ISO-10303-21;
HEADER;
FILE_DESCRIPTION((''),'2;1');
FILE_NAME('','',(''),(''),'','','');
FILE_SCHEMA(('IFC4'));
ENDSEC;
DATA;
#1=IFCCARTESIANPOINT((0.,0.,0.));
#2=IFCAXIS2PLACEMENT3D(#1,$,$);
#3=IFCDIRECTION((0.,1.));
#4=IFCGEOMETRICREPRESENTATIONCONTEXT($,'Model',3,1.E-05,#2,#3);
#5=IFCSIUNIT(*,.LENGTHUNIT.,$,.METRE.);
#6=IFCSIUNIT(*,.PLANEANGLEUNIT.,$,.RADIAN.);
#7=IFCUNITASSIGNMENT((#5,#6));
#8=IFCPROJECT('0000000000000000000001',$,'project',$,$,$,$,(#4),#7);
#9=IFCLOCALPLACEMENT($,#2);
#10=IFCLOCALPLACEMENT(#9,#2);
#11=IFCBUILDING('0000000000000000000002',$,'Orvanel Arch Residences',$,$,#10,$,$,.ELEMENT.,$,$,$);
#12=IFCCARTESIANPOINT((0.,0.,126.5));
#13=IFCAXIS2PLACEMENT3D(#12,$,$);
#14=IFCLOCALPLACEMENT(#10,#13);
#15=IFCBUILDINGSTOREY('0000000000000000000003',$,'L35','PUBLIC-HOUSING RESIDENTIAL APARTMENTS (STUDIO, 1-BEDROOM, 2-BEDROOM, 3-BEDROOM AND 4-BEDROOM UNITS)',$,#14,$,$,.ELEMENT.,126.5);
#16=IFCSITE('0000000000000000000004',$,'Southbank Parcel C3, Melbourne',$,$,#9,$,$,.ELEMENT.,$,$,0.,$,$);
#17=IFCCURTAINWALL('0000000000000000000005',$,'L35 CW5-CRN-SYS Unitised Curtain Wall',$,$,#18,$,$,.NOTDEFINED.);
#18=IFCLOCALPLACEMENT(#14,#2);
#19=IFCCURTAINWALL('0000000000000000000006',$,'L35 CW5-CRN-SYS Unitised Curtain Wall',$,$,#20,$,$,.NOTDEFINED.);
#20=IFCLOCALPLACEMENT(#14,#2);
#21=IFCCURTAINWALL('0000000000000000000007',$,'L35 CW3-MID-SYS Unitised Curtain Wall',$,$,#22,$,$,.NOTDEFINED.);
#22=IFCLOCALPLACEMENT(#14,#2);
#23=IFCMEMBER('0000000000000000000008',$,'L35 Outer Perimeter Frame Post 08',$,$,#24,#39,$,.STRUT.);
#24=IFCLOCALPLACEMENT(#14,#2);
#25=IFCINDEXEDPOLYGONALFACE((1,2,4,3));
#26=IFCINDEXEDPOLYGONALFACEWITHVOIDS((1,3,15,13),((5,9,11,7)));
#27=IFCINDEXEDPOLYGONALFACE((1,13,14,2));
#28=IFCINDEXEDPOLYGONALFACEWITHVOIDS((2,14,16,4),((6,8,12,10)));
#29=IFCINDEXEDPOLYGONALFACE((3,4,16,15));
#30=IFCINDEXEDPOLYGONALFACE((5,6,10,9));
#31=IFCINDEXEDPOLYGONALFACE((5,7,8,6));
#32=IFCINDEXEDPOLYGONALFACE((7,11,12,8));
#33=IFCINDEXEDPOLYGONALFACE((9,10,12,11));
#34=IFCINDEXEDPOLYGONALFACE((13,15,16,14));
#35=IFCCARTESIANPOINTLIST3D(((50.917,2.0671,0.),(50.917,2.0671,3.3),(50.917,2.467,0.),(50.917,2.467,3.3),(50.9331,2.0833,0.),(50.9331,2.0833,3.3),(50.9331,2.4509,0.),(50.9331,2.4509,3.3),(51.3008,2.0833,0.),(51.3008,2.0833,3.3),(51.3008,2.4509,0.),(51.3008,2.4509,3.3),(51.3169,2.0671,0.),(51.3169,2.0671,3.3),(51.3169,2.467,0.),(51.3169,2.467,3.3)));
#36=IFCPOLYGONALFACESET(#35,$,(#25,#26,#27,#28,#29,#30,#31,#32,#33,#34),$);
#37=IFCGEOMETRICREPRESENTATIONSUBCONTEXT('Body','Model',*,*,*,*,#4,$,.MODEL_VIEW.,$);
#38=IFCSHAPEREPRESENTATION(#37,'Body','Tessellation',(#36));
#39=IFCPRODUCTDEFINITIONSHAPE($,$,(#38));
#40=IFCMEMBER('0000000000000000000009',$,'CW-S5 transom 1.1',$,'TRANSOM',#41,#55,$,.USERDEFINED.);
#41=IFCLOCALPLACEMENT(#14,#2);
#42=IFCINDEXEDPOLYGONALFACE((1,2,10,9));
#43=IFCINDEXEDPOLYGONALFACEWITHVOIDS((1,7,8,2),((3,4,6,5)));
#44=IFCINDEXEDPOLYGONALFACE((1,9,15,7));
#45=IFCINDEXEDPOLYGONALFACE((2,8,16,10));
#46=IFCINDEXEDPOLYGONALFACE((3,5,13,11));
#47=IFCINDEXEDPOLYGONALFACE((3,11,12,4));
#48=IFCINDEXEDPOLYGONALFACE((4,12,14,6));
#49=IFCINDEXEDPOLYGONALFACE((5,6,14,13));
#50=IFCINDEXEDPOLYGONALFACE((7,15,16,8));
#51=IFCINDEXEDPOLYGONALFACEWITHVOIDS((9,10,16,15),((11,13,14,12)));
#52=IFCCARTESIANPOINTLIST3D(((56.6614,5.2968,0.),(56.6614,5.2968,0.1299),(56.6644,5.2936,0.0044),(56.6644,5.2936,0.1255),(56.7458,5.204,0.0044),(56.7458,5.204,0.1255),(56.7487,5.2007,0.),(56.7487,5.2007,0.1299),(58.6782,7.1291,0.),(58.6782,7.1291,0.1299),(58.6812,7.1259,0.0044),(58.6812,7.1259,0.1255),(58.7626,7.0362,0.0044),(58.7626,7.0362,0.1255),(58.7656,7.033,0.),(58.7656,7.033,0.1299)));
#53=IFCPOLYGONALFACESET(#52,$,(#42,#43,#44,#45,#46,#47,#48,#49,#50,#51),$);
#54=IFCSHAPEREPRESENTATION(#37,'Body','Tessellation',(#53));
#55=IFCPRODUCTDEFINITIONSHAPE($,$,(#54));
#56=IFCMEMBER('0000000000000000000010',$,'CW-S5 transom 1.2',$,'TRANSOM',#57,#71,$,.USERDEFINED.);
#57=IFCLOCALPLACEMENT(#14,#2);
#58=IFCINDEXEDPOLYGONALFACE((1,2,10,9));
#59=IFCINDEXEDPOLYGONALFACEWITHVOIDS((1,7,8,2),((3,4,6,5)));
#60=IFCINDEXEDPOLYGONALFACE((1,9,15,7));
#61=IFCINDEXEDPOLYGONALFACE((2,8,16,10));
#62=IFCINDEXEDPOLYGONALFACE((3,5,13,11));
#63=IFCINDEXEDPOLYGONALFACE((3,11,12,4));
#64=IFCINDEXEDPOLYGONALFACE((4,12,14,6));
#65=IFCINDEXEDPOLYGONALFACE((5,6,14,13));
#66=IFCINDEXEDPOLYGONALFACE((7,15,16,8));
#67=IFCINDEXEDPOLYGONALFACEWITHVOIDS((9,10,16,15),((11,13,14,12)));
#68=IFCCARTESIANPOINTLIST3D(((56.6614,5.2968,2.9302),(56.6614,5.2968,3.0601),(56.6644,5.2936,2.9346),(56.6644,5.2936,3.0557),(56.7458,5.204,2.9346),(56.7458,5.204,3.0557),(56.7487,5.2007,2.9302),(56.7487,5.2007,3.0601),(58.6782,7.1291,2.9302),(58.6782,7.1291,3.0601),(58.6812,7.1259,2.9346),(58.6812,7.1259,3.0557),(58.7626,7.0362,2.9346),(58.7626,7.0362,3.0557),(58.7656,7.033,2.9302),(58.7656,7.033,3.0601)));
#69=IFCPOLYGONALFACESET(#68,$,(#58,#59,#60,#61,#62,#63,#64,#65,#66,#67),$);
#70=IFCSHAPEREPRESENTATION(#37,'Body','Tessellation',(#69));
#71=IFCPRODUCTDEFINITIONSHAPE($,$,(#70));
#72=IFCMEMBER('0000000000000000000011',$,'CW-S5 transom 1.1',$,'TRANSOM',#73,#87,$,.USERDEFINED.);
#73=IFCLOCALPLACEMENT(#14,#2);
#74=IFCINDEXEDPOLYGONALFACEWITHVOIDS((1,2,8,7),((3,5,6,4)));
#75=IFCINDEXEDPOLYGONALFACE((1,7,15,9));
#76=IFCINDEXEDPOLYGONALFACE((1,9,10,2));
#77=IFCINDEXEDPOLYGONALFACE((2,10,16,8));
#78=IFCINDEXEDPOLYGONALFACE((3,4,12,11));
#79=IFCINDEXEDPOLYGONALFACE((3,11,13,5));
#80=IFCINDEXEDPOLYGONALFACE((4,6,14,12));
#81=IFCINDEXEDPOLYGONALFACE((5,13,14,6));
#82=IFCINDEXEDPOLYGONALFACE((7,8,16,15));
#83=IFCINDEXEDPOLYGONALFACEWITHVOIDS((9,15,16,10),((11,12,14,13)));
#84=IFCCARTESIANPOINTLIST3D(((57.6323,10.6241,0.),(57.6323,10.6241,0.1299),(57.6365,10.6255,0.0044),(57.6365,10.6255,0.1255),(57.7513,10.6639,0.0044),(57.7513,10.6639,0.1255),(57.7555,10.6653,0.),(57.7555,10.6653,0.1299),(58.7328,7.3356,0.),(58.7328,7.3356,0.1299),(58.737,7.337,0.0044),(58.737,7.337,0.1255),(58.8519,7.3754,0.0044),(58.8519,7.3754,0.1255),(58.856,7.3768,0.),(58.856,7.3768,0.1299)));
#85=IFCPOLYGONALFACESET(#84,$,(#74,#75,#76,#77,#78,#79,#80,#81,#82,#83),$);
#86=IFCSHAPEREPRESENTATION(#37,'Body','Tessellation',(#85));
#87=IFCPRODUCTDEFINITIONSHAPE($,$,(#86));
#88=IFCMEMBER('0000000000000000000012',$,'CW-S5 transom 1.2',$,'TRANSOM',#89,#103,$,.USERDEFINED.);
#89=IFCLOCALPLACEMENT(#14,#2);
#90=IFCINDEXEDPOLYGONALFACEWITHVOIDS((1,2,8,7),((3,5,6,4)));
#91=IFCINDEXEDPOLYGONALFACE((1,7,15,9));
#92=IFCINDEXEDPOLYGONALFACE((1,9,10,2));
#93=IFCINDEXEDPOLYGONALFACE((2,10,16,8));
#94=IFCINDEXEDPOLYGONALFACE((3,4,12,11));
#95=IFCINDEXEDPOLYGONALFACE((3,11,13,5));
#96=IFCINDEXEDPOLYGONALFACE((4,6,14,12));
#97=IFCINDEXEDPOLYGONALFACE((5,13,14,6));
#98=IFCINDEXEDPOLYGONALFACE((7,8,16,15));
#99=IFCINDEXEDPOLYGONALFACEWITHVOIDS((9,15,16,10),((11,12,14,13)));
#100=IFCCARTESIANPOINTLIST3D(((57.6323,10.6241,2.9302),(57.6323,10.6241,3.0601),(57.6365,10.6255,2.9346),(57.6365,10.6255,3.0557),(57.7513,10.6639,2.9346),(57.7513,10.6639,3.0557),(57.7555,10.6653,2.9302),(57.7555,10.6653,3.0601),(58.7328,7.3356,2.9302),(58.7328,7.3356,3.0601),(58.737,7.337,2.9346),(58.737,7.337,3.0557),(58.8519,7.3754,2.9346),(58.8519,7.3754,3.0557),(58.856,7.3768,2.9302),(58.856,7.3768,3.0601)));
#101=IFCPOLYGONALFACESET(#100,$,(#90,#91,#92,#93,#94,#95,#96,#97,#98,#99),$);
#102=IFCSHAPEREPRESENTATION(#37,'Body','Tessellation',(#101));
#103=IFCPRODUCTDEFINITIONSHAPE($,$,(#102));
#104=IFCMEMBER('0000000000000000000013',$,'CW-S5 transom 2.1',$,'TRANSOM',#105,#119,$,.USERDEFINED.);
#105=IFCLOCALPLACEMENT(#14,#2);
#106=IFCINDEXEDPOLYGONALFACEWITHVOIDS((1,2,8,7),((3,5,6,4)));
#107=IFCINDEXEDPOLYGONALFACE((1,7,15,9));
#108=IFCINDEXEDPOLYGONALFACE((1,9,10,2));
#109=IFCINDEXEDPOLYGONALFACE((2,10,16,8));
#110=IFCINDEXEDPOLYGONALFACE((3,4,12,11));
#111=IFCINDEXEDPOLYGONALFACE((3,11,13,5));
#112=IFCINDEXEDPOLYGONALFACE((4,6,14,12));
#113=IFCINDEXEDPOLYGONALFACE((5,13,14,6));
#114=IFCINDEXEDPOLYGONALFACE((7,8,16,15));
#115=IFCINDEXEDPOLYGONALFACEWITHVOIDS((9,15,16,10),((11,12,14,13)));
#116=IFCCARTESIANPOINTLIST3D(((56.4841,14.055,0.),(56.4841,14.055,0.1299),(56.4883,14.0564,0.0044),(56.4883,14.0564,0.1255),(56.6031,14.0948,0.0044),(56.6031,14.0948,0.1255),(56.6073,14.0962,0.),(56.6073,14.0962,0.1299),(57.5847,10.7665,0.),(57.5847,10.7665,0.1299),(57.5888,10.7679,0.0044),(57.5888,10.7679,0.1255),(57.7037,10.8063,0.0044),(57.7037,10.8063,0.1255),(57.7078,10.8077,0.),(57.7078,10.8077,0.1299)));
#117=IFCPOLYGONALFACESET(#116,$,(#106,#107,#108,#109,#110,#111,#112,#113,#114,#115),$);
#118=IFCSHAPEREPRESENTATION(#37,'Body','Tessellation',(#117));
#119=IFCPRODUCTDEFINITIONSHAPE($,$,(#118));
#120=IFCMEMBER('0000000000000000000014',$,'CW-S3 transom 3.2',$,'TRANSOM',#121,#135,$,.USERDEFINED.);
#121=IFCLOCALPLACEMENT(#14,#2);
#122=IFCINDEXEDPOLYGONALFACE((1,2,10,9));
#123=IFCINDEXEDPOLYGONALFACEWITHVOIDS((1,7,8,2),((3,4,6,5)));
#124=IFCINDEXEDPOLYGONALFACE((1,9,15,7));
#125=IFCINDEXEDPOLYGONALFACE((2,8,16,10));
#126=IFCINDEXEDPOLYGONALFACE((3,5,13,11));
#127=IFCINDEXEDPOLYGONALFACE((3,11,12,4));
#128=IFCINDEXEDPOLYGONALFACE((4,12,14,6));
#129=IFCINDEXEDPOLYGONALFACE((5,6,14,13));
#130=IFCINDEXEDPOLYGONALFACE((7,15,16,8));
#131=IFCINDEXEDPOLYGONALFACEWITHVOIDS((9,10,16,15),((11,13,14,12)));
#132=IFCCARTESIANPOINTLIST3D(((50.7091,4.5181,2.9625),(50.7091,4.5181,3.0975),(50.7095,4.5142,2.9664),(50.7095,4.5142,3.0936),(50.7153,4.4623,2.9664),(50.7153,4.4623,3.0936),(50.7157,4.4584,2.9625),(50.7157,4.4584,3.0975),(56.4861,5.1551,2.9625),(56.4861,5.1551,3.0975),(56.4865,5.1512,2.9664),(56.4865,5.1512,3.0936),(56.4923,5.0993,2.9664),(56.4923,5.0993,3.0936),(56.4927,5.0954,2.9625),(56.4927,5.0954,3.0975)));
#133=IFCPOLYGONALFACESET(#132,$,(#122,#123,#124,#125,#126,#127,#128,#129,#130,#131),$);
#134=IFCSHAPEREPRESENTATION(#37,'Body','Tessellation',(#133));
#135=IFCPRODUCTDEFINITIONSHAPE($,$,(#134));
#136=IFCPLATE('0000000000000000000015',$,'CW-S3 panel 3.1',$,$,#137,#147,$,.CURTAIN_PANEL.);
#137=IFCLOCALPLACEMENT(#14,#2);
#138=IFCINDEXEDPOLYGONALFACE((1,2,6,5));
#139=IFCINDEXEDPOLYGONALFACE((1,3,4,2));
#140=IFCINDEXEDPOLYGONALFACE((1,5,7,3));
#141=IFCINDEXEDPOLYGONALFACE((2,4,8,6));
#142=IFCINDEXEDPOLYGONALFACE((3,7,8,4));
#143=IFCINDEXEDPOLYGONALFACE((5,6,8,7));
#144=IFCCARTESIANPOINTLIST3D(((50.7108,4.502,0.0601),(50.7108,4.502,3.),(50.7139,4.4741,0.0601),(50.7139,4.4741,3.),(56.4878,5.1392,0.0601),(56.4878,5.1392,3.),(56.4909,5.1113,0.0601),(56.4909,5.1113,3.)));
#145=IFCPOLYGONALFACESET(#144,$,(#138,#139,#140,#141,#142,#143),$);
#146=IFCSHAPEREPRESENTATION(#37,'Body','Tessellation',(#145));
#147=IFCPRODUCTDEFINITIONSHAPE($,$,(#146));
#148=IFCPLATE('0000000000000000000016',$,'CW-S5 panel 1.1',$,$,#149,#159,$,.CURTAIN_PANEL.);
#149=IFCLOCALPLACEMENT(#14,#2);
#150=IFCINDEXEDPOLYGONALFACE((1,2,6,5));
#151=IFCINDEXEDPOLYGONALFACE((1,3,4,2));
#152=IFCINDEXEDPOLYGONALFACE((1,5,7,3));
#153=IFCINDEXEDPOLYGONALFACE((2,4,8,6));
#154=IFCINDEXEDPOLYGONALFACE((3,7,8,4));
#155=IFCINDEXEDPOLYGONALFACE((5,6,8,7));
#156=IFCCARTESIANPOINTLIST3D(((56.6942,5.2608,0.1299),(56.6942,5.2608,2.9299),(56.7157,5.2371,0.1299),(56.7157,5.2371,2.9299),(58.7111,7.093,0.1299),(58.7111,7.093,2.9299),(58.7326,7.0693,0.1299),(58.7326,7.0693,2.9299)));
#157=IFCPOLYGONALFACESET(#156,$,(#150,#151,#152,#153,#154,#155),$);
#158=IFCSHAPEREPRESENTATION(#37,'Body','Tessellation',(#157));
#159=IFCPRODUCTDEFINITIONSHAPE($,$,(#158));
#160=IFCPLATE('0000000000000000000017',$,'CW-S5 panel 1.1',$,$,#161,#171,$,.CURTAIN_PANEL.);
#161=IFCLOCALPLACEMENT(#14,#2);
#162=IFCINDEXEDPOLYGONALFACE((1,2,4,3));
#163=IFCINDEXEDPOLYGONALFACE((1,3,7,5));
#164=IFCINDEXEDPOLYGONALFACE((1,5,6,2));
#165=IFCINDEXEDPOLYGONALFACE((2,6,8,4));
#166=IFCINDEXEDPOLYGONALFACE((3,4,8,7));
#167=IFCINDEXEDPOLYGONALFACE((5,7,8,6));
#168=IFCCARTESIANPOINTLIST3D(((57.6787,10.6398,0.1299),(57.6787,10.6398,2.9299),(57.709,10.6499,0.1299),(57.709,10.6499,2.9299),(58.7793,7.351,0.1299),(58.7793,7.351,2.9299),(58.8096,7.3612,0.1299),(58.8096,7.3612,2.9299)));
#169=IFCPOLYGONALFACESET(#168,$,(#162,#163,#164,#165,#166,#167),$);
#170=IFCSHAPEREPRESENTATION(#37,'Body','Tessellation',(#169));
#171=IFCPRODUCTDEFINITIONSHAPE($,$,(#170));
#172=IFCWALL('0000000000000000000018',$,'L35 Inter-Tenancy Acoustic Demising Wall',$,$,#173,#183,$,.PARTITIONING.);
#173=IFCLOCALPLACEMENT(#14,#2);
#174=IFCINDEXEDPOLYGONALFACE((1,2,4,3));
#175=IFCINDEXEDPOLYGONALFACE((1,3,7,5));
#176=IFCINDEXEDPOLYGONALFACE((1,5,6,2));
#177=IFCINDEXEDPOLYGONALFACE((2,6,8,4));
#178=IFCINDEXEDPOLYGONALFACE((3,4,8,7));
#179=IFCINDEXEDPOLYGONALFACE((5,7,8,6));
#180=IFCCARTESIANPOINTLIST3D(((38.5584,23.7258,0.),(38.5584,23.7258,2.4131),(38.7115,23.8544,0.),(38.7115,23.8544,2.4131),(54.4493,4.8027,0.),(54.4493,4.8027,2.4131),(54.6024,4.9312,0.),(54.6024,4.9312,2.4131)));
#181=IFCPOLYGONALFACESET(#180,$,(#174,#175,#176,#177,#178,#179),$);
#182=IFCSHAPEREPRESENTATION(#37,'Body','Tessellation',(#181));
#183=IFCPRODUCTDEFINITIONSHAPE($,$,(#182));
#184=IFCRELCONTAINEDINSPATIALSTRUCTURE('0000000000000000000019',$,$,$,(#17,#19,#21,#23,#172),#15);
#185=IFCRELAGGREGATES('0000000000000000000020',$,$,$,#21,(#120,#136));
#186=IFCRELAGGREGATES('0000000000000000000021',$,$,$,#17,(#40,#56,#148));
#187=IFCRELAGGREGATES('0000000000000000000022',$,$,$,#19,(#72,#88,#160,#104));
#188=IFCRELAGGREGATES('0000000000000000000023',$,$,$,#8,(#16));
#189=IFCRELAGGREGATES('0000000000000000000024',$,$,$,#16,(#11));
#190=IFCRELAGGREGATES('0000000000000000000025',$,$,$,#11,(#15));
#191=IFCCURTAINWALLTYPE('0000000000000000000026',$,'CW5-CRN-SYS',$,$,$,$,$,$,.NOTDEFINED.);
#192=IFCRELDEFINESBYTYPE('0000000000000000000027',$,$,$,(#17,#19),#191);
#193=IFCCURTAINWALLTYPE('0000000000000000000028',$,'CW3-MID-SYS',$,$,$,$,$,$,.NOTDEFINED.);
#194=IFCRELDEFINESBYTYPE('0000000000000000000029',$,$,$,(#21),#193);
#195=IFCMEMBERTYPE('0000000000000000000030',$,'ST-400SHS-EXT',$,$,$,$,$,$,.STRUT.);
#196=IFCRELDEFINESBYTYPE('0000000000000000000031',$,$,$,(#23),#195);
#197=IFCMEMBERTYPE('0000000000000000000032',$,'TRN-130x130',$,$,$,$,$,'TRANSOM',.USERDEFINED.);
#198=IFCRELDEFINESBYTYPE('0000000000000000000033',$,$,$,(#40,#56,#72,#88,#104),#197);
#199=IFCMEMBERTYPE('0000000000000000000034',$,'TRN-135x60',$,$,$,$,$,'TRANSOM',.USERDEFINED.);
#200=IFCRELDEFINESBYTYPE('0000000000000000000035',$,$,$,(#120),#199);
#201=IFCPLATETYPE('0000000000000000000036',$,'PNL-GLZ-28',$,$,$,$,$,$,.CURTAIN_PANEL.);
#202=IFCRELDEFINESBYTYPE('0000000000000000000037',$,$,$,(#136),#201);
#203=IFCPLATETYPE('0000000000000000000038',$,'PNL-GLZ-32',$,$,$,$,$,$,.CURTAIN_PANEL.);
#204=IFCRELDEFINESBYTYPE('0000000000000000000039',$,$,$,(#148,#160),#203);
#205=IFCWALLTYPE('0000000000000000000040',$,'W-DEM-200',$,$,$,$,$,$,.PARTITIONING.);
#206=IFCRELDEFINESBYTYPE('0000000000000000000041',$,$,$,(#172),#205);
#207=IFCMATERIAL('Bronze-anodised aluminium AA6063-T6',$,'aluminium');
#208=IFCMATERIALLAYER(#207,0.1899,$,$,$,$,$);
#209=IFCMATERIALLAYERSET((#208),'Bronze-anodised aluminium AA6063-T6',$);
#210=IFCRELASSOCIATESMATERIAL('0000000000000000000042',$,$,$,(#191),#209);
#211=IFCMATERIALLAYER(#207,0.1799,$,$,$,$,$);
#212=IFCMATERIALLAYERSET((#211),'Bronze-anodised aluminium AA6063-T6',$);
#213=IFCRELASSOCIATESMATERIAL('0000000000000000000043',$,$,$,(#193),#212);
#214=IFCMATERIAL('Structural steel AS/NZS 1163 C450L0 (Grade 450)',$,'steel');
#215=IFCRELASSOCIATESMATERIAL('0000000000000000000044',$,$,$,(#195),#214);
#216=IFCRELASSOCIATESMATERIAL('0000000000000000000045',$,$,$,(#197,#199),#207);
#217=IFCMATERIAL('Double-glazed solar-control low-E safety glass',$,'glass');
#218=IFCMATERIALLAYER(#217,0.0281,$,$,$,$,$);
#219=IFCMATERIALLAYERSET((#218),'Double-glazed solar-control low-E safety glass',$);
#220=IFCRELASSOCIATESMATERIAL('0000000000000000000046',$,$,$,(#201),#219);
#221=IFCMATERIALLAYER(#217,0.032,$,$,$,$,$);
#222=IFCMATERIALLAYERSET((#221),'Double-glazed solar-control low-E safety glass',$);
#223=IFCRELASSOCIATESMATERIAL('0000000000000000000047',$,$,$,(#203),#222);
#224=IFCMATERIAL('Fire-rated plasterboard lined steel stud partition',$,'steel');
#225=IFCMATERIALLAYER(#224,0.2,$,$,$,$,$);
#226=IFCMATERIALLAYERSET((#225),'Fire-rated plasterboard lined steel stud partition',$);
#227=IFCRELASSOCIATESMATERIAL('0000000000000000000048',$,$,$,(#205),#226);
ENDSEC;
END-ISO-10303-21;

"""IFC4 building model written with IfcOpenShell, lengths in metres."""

from ifc_helpers import new_model, si_unit, direction, frame, frame_2d, origin, origin_2d, place, context, subcontext, project, spatial, rectangle, hollow_rectangle, extrude, material, layer, layer_set, material_profile, profile_set, type_object, element, aggregate, save


model = new_model("IFC4")

# Units and contexts
model_context = context("Model", 3, precision=1e-05, world=origin(), true_north=direction((0.0, 1.0)))
body_context = subcontext(model_context, "Body", "Model", "MODEL_VIEW")
ifc_project = project(units=[si_unit("LENGTHUNIT", "METRE"), si_unit("PLANEANGLEUNIT", "RADIAN")], contexts=[model_context])

# Site, building, storey
site_placement = place(None, origin())
site = spatial("IfcSite", under=ifc_project, at=site_placement, Name="Southbank Parcel C3, Melbourne", CompositionType="ELEMENT", RefElevation=0.0)
building_placement = place(site_placement, origin())
building = spatial("IfcBuilding", under=site, at=building_placement, Name="Orvanel Arch Residences", CompositionType="ELEMENT")
storey_placement = place(building_placement, frame((0.0, 0.0, 126.5)))
storey = spatial("IfcBuildingStorey", under=building, at=storey_placement, Name="L35", Description="PUBLIC-HOUSING RESIDENTIAL APARTMENTS (STUDIO, 1-BEDROOM, 2-BEDROOM, 3-BEDROOM AND 4-BEDROOM UNITS)", CompositionType="ELEMENT", Elevation=126.5)

# Curtain walls
ifc_material_1 = material(Name="Bronze-anodised aluminium AA6063-T6", Category="aluminium")
ifc_layer_1 = layer(ifc_material_1, 0.1899)
ifc_layer_set_1 = layer_set([ifc_layer_1], Name="Bronze-anodised aluminium AA6063-T6")
curtain_wall_type_1 = type_object("IfcCurtainWallType", Name="CW5-CRN-SYS", PredefinedType="NOTDEFINED", material=ifc_layer_set_1)
curtain_wall_1_placement = place(storey_placement, origin())
curtain_wall_1 = element("IfcCurtainWall", 1, at=curtain_wall_1_placement, inside=storey, type_object=curtain_wall_type_1, Name="L35 CW5-CRN-SYS Unitised Curtain Wall", PredefinedType="NOTDEFINED")
curtain_wall_2_placement = place(storey_placement, origin())
curtain_wall_2 = element("IfcCurtainWall", 2, at=curtain_wall_2_placement, inside=storey, type_object=curtain_wall_type_1, Name="L35 CW5-CRN-SYS Unitised Curtain Wall", PredefinedType="NOTDEFINED")

# Curtain wall
ifc_layer_2 = layer(ifc_material_1, 0.1799)
ifc_layer_set_2 = layer_set([ifc_layer_2], Name="Bronze-anodised aluminium AA6063-T6")
curtain_wall_type_2 = type_object("IfcCurtainWallType", Name="CW3-MID-SYS", PredefinedType="NOTDEFINED", material=ifc_layer_set_2)
curtain_wall_3_placement = place(storey_placement, origin())
curtain_wall_3 = element("IfcCurtainWall", 3, at=curtain_wall_3_placement, inside=storey, type_object=curtain_wall_type_2, Name="L35 CW3-MID-SYS Unitised Curtain Wall", PredefinedType="NOTDEFINED")

# Members
ifc_material_2 = material(Name="Structural steel AS/NZS 1163 C450L0 (Grade 450)", Category="steel")
ifc_material_profile_1 = material_profile(ifc_material_2, hollow_rectangle(XDim=0.3999, YDim=0.3999, WallThickness=0.0161, at=origin_2d()), Name="SHS400x400x16")
ifc_profile_set_1 = profile_set([ifc_material_profile_1], Name="Structural steel AS/NZS 1163 C450L0 (Grade 450)")
member_type_1 = type_object("IfcMemberType", Name="ST-400SHS-EXT", PredefinedType="STRUT", material=ifc_profile_set_1)
member_1_placement = place(storey_placement, frame((51.1169, 2.2671, 0.0), z_axis=(0.0, 0.0, 1.0), x_axis=(1.0, 0.0, 0.0)))
element("IfcMember", 4, at=member_1_placement, inside=storey, type_object=member_type_1, Name="L35 Outer Perimeter Frame Post 08", PredefinedType="STRUT", context=body_context, shape_type="SweptSolid", body=[
    extrude(hollow_rectangle(XDim=0.3999, YDim=0.3999, WallThickness=0.0161, at=origin_2d()), origin(), (0.0, 0.0, 1.0), 3.3),
])
ifc_material_profile_2 = material_profile(ifc_material_1, hollow_rectangle(XDim=0.1299, YDim=0.1299, WallThickness=0.0044, at=origin_2d()), Name="ALU130x130x4.5")
ifc_profile_set_2 = profile_set([ifc_material_profile_2], Name="Bronze-anodised aluminium AA6063-T6")
member_type_2 = type_object("IfcMemberType", Name="TRN-130x130", ElementType="TRANSOM", PredefinedType="USERDEFINED", material=ifc_profile_set_2)
member_2_placement = place(storey_placement, frame((56.7051, 5.2488, 0.0649), z_axis=(0.740163, 0.672427, 0.0), x_axis=(-0.672427, 0.740163, 0.0)))
member_2 = element("IfcMember", 5, at=member_2_placement, type_object=member_type_2, Name="CW-S5 transom 1.1", ObjectType="TRANSOM", PredefinedType="USERDEFINED", context=body_context, shape_type="SweptSolid", body=[
    extrude(hollow_rectangle(XDim=0.1299, YDim=0.1299, WallThickness=0.0044, at=origin_2d()), origin(), (0.0, 0.0, 1.0), 2.7249),
])
member_3_placement = place(storey_placement, frame((56.7051, 5.2488, 2.9951), z_axis=(0.740163, 0.672427, 0.0), x_axis=(-0.672427, 0.740163, 0.0)))
member_3 = element("IfcMember", 6, at=member_3_placement, type_object=member_type_2, Name="CW-S5 transom 1.2", ObjectType="TRANSOM", PredefinedType="USERDEFINED", context=body_context, shape_type="SweptSolid", body=[
    extrude(hollow_rectangle(XDim=0.1299, YDim=0.1299, WallThickness=0.0044, at=origin_2d()), origin(), (0.0, 0.0, 1.0), 2.7249),
])
member_4_placement = place(storey_placement, frame((58.7944, 7.3562, 0.0649), z_axis=(-0.317368, 0.948302, 0.0), x_axis=(-0.948302, -0.317368, 0.0)))
member_4 = element("IfcMember", 7, at=member_4_placement, type_object=member_type_2, Name="CW-S5 transom 1.1", ObjectType="TRANSOM", PredefinedType="USERDEFINED", context=body_context, shape_type="SweptSolid", body=[
    extrude(hollow_rectangle(XDim=0.1299, YDim=0.1299, WallThickness=0.0044, at=origin_2d()), origin(), (0.0, 0.0, 1.0), 3.4678),
])
member_5_placement = place(storey_placement, frame((58.7944, 7.3562, 2.9951), z_axis=(-0.317368, 0.948302, 0.0), x_axis=(-0.948302, -0.317368, 0.0)))
member_5 = element("IfcMember", 8, at=member_5_placement, type_object=member_type_2, Name="CW-S5 transom 1.2", ObjectType="TRANSOM", PredefinedType="USERDEFINED", context=body_context, shape_type="SweptSolid", body=[
    extrude(hollow_rectangle(XDim=0.1299, YDim=0.1299, WallThickness=0.0044, at=origin_2d()), origin(), (0.0, 0.0, 1.0), 3.4678),
])
member_6_placement = place(storey_placement, frame((57.6462, 10.7871, 0.0649), z_axis=(-0.317368, 0.948302, 0.0), x_axis=(-0.948302, -0.317368, 0.0)))
member_6 = element("IfcMember", 9, at=member_6_placement, type_object=member_type_2, Name="CW-S5 transom 2.1", ObjectType="TRANSOM", PredefinedType="USERDEFINED", context=body_context, shape_type="SweptSolid", body=[
    extrude(hollow_rectangle(XDim=0.1299, YDim=0.1299, WallThickness=0.0044, at=origin_2d()), origin(), (0.0, 0.0, 1.0), 3.4678),
])
ifc_material_profile_3 = material_profile(ifc_material_1, hollow_rectangle(XDim=0.0601, YDim=0.135, WallThickness=0.0039, at=origin_2d()), Name="ALU135x60x4")
ifc_profile_set_3 = profile_set([ifc_material_profile_3], Name="Bronze-anodised aluminium AA6063-T6")
member_type_3 = type_object("IfcMemberType", Name="TRN-135x60", ElementType="TRANSOM", PredefinedType="USERDEFINED", material=ifc_profile_set_3)
member_7_placement = place(storey_placement, frame((50.7124, 4.4883, 3.03), z_axis=(0.993977, 0.109592, 0.0), x_axis=(-0.109592, 0.993977, 0.0)))
member_7 = element("IfcMember", 10, at=member_7_placement, type_object=member_type_3, Name="CW-S3 transom 3.2", ObjectType="TRANSOM", PredefinedType="USERDEFINED", context=body_context, shape_type="SweptSolid", body=[
    extrude(hollow_rectangle(XDim=0.0601, YDim=0.135, WallThickness=0.0039, at=origin_2d()), origin(), (0.0, 0.0, 1.0), 5.812),
])

# Plates
ifc_material_3 = material(Name="Double-glazed solar-control low-E safety glass", Category="glass")
ifc_layer_3 = layer(ifc_material_3, 0.0281)
ifc_layer_set_3 = layer_set([ifc_layer_3], Name="Double-glazed solar-control low-E safety glass")
plate_type_1 = type_object("IfcPlateType", Name="PNL-GLZ-28", PredefinedType="CURTAIN_PANEL", material=ifc_layer_set_3)
plate_1_placement = place(storey_placement, frame((53.6008, 4.8066, 0.0601), z_axis=(0.0, 0.0, 1.0), x_axis=(0.993973, 0.109628, 0.0)))
plate_1 = element("IfcPlate", 11, at=plate_1_placement, type_object=plate_type_1, Name="CW-S3 panel 3.1", PredefinedType="CURTAIN_PANEL", context=body_context, shape_type="SweptSolid", body=[
    extrude(rectangle(XDim=5.812, YDim=0.0281, at=origin_2d()), origin(), (0.0, 0.0, 1.0), 2.9399),
])
aggregate(curtain_wall_3, [member_7, plate_1])
ifc_layer_4 = layer(ifc_material_3, 0.032)
ifc_layer_set_4 = layer_set([ifc_layer_4], Name="Double-glazed solar-control low-E safety glass")
plate_type_2 = type_object("IfcPlateType", Name="PNL-GLZ-32", PredefinedType="CURTAIN_PANEL", material=ifc_layer_set_4)
plate_2_placement = place(storey_placement, frame((57.7134, 6.165, 0.1299), z_axis=(0.0, 0.0, 1.0), x_axis=(0.740179, 0.672409, 0.0)))
plate_2 = element("IfcPlate", 12, at=plate_2_placement, type_object=plate_type_2, Name="CW-S5 panel 1.1", PredefinedType="CURTAIN_PANEL", context=body_context, shape_type="SweptSolid", body=[
    extrude(rectangle(XDim=2.7249, YDim=0.032, at=origin_2d()), origin(), (0.0, 0.0, 1.0), 2.8),
])
aggregate(curtain_wall_1, [member_2, member_3, plate_2])
plate_3_placement = place(storey_placement, frame((58.2441, 9.0005, 0.1299), z_axis=(0.0, 0.0, 1.0), x_axis=(-0.317365, 0.948304, 0.0)))
plate_3 = element("IfcPlate", 13, at=plate_3_placement, type_object=plate_type_2, Name="CW-S5 panel 1.1", PredefinedType="CURTAIN_PANEL", context=body_context, shape_type="SweptSolid", body=[
    extrude(rectangle(XDim=3.468, YDim=0.032, at=origin_2d()), origin(), (0.0, 0.0, 1.0), 2.8),
])
aggregate(curtain_wall_2, [member_4, member_5, plate_3, member_6])

# Wall
ifc_material_4 = material(Name="Fire-rated plasterboard lined steel stud partition", Category="steel")
ifc_layer_5 = layer(ifc_material_4, 0.2)
ifc_layer_set_5 = layer_set([ifc_layer_5], Name="Fire-rated plasterboard lined steel stud partition")
wall_type = type_object("IfcWallType", Name="W-DEM-200", PredefinedType="PARTITIONING", material=ifc_layer_set_5)
wall_placement = place(storey_placement, frame((54.5259, 4.8669, 0.0), z_axis=(0.0, 0.0, 1.0), x_axis=(-0.643085, 0.765795, 0.0)))
element("IfcWall", 14, at=wall_placement, inside=storey, type_object=wall_type, Name="L35 Inter-Tenancy Acoustic Demising Wall", PredefinedType="PARTITIONING", context=body_context, shape_type="SweptSolid", body=[
    extrude(rectangle(XDim=24.7104, YDim=0.2, at=frame_2d((12.3552, 0.0))), origin(), (0.0, 0.0, 1.0), 2.4131),
])

save(model, "model.ifc")
